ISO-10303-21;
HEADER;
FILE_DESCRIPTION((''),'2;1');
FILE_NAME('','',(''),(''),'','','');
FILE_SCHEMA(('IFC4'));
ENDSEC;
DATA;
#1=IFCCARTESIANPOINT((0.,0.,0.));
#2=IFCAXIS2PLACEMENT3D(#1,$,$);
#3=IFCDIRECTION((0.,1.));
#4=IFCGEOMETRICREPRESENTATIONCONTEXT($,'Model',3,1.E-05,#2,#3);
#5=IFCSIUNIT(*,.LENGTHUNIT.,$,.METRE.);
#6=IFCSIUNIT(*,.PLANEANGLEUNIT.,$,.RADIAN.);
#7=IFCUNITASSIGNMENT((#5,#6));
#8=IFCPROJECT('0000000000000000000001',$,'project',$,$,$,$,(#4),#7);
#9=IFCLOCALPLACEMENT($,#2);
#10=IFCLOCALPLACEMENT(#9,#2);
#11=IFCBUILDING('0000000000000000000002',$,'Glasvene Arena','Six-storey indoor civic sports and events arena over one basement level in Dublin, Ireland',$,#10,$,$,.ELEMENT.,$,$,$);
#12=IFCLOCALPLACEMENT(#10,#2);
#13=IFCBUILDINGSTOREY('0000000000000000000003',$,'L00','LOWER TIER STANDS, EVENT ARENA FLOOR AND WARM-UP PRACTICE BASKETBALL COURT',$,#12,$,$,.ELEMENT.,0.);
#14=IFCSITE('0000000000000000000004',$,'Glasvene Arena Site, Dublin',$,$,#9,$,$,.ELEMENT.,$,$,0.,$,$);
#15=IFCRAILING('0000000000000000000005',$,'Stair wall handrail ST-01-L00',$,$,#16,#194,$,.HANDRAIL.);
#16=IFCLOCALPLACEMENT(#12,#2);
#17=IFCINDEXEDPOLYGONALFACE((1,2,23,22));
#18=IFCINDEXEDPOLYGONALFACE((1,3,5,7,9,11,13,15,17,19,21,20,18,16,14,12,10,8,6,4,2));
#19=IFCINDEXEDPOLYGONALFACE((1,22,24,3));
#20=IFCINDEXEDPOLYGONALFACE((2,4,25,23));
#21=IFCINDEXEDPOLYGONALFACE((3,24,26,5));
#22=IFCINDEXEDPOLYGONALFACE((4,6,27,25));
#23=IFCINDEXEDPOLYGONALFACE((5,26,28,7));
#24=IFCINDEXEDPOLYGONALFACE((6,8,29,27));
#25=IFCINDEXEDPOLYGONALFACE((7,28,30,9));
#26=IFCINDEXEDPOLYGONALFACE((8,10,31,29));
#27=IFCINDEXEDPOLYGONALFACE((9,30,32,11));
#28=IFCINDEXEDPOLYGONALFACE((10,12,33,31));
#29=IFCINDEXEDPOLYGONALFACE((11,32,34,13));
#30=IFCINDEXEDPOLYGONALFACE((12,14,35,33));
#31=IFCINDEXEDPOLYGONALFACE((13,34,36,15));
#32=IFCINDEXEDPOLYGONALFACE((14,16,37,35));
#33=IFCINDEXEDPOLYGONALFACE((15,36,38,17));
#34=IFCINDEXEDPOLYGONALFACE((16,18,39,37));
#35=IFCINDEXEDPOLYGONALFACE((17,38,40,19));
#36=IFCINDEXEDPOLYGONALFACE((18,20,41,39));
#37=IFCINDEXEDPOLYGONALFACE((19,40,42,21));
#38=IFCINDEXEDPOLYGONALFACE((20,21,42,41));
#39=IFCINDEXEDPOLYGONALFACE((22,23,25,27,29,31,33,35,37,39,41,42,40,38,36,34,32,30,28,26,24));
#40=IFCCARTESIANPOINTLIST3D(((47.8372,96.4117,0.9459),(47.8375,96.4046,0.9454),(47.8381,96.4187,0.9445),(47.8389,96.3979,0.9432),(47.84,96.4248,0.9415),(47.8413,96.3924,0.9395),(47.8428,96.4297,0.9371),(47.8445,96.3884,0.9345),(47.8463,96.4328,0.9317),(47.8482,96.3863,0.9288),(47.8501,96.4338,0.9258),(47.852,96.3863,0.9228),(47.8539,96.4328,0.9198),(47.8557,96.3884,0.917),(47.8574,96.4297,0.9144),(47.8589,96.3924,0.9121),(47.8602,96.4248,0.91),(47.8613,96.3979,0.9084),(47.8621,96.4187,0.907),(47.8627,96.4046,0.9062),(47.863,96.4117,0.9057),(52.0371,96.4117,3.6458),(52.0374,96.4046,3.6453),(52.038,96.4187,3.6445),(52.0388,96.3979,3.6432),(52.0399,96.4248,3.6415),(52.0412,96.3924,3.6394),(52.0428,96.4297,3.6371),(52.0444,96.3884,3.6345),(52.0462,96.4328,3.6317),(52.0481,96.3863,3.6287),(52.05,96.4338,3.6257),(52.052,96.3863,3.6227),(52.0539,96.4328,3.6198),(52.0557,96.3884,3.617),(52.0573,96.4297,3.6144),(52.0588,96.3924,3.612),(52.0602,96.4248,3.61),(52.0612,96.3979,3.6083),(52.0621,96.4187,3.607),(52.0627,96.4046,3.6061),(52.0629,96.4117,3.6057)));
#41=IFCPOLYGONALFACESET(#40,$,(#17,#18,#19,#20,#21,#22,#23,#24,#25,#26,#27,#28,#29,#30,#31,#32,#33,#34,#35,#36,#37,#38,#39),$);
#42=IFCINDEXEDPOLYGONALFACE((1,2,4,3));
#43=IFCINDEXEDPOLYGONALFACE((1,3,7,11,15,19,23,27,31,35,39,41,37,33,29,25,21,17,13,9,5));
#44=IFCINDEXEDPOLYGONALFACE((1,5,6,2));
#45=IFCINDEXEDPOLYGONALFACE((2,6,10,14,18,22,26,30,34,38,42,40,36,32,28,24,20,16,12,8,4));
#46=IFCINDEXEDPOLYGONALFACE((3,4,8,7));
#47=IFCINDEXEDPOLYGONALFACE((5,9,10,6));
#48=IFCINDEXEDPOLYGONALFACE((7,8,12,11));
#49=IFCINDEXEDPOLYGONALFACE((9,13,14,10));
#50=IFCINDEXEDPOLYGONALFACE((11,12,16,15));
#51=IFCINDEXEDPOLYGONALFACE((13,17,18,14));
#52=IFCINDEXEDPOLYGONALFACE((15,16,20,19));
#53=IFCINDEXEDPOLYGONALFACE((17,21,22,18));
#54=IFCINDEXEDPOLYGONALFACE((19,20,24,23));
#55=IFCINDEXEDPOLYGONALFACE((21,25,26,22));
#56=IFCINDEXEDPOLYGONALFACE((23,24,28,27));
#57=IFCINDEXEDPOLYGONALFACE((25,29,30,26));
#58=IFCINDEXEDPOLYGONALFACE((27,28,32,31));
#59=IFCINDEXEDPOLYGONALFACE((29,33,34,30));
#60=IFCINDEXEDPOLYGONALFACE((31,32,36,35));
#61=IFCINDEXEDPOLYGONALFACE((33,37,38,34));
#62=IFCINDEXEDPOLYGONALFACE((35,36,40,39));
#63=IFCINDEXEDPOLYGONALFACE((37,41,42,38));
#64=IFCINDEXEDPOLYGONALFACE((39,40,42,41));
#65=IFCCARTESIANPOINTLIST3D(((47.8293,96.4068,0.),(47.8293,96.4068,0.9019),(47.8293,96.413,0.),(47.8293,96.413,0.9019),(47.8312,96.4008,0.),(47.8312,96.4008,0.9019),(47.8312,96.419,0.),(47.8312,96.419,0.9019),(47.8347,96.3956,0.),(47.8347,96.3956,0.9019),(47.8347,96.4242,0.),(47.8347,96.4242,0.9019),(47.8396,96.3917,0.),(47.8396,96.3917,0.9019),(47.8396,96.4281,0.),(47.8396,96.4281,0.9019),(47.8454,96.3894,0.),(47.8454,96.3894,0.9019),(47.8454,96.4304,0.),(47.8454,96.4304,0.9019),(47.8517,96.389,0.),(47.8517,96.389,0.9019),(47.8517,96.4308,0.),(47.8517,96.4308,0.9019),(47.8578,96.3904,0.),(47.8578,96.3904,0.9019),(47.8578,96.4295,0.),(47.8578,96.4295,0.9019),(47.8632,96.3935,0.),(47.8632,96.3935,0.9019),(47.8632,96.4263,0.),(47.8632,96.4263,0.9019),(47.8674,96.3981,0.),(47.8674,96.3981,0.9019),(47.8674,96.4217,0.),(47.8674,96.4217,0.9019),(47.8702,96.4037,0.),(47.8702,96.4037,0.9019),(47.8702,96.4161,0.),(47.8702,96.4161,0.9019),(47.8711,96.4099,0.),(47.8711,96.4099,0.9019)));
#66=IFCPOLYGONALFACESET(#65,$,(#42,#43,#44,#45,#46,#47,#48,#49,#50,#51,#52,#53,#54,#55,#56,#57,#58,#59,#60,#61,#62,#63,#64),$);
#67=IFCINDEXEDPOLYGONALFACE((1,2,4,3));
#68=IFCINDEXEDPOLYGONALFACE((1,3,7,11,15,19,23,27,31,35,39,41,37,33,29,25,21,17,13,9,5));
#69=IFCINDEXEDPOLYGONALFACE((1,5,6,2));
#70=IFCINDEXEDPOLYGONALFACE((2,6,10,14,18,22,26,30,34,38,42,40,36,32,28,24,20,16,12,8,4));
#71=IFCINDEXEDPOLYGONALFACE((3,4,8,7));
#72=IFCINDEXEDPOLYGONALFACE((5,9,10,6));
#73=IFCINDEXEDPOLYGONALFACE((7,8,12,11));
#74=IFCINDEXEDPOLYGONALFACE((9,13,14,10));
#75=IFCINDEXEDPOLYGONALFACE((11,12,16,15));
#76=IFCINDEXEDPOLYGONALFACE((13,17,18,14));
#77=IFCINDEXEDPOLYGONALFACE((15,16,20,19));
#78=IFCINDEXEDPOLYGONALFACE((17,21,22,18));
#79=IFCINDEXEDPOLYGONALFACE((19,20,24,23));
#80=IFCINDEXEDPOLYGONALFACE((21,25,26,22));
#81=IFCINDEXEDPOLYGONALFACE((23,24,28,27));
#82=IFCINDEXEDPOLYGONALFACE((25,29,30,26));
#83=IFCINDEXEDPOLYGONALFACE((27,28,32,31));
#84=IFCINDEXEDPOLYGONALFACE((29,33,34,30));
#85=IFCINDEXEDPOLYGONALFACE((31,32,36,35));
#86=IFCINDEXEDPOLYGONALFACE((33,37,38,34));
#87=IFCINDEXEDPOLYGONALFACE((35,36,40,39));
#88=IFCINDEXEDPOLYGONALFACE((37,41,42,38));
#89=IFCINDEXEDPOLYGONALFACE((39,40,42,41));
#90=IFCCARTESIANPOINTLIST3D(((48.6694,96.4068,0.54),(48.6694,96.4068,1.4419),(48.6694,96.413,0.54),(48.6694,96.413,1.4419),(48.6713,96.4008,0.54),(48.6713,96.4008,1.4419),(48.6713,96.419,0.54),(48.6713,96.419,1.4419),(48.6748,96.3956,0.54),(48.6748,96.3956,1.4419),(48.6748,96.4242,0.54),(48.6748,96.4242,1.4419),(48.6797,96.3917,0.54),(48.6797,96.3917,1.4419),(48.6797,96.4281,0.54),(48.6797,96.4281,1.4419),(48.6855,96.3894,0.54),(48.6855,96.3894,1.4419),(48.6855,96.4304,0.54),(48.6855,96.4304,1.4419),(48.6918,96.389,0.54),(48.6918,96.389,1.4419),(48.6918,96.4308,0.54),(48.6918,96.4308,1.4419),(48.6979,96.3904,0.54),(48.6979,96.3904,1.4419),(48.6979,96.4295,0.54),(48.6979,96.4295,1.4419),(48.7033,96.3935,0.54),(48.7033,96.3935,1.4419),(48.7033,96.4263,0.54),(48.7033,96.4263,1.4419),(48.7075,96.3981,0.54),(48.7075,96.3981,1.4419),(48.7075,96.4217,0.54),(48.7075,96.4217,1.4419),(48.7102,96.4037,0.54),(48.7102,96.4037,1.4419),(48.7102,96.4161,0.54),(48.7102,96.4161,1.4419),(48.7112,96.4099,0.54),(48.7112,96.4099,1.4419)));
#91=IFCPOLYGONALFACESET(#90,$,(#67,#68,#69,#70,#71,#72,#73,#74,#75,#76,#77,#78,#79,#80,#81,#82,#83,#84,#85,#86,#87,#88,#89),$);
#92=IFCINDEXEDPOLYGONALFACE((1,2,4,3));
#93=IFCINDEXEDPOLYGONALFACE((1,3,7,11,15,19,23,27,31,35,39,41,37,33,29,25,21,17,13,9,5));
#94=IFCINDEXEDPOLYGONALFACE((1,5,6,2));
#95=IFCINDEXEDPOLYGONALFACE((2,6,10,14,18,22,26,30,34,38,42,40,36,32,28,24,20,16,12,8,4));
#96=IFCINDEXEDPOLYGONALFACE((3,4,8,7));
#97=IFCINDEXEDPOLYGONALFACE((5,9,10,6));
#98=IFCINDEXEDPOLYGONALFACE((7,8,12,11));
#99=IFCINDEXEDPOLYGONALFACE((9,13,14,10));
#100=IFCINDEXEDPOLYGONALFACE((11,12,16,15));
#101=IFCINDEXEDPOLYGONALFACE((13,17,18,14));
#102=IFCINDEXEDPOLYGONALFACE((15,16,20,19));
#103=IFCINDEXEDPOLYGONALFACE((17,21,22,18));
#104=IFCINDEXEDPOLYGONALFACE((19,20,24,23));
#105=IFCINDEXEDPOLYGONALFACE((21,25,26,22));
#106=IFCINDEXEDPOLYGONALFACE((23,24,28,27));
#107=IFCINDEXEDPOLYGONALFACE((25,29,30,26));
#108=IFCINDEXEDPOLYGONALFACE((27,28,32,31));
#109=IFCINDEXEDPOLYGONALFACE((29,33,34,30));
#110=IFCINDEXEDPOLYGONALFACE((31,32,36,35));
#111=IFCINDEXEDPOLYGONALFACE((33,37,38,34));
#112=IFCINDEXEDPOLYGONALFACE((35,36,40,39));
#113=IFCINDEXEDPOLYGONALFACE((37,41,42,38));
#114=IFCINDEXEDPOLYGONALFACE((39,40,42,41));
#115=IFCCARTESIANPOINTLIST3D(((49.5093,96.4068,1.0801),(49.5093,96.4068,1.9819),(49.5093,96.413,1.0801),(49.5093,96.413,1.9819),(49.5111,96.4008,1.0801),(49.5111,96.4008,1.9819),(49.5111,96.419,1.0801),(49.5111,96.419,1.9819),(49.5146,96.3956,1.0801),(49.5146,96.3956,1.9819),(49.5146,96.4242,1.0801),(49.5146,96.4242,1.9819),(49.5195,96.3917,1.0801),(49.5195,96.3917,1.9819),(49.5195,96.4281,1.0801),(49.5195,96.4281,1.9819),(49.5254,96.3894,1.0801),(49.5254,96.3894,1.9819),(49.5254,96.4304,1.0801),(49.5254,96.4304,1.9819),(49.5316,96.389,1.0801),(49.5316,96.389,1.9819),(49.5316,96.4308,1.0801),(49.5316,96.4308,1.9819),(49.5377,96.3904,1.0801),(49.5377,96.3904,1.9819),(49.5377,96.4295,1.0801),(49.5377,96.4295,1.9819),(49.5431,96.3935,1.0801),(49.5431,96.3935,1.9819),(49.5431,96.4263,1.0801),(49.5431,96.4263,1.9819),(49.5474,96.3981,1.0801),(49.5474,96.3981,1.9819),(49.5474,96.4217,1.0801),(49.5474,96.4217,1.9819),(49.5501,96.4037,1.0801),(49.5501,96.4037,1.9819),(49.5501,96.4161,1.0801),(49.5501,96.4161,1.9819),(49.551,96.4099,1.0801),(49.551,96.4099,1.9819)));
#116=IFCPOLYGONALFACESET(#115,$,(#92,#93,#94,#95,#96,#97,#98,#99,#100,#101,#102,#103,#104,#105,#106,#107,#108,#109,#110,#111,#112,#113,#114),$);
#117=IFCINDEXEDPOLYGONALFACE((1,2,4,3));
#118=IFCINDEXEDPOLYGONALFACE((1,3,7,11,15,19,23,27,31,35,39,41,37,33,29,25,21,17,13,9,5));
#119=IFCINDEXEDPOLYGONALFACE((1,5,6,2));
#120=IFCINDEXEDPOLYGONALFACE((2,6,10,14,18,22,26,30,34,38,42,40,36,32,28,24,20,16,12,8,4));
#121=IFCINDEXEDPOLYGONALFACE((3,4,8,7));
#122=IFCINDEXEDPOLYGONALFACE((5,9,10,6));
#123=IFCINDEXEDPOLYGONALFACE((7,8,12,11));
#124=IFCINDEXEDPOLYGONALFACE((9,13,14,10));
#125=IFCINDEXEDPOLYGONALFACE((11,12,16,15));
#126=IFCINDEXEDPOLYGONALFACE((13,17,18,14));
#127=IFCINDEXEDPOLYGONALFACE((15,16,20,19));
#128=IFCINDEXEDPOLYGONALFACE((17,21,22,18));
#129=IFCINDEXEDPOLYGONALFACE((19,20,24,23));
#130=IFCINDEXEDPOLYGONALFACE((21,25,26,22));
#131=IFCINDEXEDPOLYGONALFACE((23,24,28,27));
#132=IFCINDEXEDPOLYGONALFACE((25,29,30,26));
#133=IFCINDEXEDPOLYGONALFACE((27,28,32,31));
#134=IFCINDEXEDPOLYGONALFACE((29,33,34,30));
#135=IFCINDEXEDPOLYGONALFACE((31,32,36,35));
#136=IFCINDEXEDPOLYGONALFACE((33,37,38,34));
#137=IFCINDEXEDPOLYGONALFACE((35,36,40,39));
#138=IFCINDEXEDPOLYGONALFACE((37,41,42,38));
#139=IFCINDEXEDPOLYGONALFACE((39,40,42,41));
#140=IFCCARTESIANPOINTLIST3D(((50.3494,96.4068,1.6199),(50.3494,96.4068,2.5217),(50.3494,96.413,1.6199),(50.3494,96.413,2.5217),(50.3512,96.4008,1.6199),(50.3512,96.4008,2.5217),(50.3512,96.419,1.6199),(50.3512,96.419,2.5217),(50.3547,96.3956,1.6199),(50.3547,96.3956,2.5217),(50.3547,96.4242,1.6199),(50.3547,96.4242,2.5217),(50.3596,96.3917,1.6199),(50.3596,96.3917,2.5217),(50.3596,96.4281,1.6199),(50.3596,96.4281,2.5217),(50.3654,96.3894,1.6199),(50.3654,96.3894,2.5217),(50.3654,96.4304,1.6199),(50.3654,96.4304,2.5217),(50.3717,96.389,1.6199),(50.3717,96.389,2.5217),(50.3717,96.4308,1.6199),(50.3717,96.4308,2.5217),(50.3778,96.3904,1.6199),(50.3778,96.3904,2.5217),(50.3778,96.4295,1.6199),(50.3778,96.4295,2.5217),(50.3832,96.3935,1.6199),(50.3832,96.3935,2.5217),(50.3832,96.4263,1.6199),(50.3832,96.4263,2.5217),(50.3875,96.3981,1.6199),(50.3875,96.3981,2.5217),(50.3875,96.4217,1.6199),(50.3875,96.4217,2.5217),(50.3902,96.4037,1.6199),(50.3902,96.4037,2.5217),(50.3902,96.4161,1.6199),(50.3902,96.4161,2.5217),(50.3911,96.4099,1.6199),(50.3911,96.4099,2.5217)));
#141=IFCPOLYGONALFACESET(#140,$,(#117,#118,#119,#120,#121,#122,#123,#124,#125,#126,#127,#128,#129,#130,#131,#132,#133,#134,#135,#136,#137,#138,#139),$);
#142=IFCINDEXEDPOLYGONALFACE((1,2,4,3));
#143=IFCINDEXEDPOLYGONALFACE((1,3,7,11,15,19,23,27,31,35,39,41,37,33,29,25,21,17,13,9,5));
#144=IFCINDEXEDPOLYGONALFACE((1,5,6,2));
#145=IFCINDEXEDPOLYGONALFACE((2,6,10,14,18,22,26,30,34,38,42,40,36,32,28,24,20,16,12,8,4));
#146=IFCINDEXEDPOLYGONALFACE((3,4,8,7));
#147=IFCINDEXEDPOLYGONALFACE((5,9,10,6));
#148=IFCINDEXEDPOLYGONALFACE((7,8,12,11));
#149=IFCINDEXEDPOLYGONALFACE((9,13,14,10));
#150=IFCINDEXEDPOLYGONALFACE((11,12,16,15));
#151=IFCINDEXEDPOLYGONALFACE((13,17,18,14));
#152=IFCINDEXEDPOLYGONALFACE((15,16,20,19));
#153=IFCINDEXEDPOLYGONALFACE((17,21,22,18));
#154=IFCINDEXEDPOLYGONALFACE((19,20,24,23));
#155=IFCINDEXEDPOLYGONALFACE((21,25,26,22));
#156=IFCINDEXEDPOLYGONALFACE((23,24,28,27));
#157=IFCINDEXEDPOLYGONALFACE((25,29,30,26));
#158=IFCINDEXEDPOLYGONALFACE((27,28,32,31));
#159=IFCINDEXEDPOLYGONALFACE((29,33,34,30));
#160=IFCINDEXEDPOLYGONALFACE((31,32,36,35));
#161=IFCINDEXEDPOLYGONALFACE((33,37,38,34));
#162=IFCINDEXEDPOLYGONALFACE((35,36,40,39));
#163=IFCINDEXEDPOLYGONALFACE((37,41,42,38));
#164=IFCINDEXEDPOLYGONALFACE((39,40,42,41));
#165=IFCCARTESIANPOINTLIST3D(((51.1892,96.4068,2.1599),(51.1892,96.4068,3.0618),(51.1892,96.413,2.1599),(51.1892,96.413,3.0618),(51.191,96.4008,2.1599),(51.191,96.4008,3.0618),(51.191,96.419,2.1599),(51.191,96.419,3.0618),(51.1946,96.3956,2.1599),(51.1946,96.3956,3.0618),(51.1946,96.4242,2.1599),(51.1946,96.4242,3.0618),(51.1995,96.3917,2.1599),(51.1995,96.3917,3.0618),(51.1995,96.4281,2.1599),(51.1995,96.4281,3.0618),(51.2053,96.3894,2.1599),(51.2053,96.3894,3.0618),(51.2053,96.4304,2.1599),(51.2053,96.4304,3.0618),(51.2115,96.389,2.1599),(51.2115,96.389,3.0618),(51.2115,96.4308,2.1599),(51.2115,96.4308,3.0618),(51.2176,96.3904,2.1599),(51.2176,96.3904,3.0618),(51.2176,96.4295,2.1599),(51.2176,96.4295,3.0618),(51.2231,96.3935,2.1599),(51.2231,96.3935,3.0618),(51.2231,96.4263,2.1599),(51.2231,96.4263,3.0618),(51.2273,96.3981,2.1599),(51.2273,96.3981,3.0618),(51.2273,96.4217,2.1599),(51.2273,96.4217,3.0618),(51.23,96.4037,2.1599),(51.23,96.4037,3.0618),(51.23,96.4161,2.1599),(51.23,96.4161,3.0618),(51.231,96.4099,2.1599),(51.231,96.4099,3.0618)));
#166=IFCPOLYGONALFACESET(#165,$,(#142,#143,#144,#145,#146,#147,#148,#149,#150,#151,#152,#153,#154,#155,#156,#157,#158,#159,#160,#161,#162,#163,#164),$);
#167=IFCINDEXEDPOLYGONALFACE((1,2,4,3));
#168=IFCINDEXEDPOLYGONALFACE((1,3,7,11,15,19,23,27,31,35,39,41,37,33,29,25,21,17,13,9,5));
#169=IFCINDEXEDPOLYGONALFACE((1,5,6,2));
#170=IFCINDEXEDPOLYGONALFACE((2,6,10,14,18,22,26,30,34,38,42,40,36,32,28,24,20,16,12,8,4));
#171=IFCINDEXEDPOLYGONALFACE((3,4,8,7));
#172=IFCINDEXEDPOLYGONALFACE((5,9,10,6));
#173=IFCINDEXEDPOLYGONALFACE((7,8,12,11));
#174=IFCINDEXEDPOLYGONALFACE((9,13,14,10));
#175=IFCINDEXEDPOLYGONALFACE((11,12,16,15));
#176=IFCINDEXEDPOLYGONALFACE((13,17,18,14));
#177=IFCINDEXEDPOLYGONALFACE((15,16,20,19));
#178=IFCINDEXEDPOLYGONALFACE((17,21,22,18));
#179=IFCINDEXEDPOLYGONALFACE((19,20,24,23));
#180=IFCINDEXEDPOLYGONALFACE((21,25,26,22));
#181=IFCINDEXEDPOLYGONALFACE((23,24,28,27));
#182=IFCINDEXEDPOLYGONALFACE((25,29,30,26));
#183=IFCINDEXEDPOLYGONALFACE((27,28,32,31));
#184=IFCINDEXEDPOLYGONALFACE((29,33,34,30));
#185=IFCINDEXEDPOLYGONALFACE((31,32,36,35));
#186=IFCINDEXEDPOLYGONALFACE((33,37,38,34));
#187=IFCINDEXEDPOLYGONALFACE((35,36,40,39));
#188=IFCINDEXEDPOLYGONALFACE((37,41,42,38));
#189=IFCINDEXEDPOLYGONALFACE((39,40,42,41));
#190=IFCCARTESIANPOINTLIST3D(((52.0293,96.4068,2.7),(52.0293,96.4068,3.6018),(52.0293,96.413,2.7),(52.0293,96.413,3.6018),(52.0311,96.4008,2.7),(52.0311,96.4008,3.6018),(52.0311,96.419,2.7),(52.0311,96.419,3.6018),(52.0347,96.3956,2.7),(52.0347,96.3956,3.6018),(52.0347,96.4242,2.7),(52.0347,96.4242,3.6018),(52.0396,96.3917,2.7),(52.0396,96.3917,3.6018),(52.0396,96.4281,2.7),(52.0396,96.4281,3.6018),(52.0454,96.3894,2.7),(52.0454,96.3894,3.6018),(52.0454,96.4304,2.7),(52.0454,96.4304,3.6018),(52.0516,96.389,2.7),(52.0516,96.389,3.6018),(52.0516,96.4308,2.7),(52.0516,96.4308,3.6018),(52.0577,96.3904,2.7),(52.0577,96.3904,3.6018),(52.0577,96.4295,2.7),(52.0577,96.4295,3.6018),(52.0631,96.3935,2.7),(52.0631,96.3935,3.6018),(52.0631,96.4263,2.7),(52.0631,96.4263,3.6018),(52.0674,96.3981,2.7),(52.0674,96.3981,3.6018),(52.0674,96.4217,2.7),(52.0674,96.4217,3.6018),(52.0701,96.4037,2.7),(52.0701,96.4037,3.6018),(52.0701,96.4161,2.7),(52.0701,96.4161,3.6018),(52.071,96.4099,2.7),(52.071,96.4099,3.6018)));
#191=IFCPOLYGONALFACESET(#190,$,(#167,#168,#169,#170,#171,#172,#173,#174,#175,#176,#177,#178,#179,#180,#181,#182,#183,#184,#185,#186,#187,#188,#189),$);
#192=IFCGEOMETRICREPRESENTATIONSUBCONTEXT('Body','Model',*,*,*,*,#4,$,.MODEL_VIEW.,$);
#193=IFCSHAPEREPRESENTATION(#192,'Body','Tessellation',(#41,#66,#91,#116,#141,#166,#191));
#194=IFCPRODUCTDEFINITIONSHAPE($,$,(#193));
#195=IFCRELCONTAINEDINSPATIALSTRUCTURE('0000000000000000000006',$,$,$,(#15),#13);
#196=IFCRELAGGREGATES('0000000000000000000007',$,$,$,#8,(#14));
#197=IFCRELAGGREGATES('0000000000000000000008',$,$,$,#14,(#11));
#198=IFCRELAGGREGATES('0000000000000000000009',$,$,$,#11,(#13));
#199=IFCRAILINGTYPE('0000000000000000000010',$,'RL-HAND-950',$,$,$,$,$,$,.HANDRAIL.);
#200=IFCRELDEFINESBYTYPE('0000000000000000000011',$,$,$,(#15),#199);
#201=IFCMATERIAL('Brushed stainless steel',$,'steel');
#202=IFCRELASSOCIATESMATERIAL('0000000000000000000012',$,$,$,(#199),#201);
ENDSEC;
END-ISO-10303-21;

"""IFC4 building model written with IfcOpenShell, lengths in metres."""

from ifc_helpers import new_model, si_unit, direction, frame, origin, origin_2d, place, context, subcontext, project, spatial, circle, extrude, material, type_object, element, save


model = new_model("IFC4")

# Units and contexts
model_context = context("Model", 3, precision=1e-05, world=origin(), true_north=direction((0.0, 1.0)))
body_context = subcontext(model_context, "Body", "Model", "MODEL_VIEW")
ifc_project = project(units=[si_unit("LENGTHUNIT", "METRE"), si_unit("PLANEANGLEUNIT", "RADIAN")], contexts=[model_context])

# Site, building, storey
site_placement = place(None, origin())
site = spatial("IfcSite", under=ifc_project, at=site_placement, Name="Glasvene Arena Site, Dublin", CompositionType="ELEMENT", RefElevation=0.0)
building_placement = place(site_placement, origin())
building = spatial("IfcBuilding", under=site, at=building_placement, Name="Glasvene Arena", Description="Six-storey indoor civic sports and events arena over one basement level in Dublin, Ireland", CompositionType="ELEMENT")
storey_placement = place(building_placement, origin())
storey = spatial("IfcBuildingStorey", under=building, at=storey_placement, Name="L00", Description="LOWER TIER STANDS, EVENT ARENA FLOOR AND WARM-UP PRACTICE BASKETBALL COURT", CompositionType="ELEMENT", Elevation=0.0)

# Shared definitions
ifc_material_1 = material(Name="Brushed stainless steel", Category="steel")

# Railing
railing_type = type_object("IfcRailingType", Name="RL-HAND-950", PredefinedType="HANDRAIL", material=ifc_material_1)
railing_placement = place(storey_placement, frame((47.8501, 96.4099, 0.0)))
element("IfcRailing", 1, at=railing_placement, inside=storey, type_object=railing_type, Name="Stair wall handrail ST-01-L00", PredefinedType="HANDRAIL", context=body_context, shape_type="SweptSolid", body=[
    extrude(circle(Radius=0.0239, at=origin_2d()), frame((0.0, 0.0, 0.9258), z_axis=(0.84118, 0.0, 0.540755), x_axis=(0.0, 1.0, 0.0)), (0.0, 0.0, 1.0), 4.9929),
    extrude(circle(Radius=0.021, at=origin_2d()), origin(), (0.0, 0.0, 1.0), 0.9019),
    extrude(circle(Radius=0.021, at=origin_2d()), frame((0.8401, 0.0, 0.54)), (0.0, 0.0, 1.0), 0.9019),
    extrude(circle(Radius=0.021, at=origin_2d()), frame((1.6799, 0.0, 1.0801)), (0.0, 0.0, 1.0), 0.9019),
    extrude(circle(Radius=0.021, at=origin_2d()), frame((2.52, 0.0, 1.6199)), (0.0, 0.0, 1.0), 0.9019),
    extrude(circle(Radius=0.021, at=origin_2d()), frame((3.3599, 0.0, 2.1599)), (0.0, 0.0, 1.0), 0.9019),
    extrude(circle(Radius=0.021, at=origin_2d()), frame((4.2, 0.0, 2.7)), (0.0, 0.0, 1.0), 0.9019),
])

save(model, "model.ifc")
